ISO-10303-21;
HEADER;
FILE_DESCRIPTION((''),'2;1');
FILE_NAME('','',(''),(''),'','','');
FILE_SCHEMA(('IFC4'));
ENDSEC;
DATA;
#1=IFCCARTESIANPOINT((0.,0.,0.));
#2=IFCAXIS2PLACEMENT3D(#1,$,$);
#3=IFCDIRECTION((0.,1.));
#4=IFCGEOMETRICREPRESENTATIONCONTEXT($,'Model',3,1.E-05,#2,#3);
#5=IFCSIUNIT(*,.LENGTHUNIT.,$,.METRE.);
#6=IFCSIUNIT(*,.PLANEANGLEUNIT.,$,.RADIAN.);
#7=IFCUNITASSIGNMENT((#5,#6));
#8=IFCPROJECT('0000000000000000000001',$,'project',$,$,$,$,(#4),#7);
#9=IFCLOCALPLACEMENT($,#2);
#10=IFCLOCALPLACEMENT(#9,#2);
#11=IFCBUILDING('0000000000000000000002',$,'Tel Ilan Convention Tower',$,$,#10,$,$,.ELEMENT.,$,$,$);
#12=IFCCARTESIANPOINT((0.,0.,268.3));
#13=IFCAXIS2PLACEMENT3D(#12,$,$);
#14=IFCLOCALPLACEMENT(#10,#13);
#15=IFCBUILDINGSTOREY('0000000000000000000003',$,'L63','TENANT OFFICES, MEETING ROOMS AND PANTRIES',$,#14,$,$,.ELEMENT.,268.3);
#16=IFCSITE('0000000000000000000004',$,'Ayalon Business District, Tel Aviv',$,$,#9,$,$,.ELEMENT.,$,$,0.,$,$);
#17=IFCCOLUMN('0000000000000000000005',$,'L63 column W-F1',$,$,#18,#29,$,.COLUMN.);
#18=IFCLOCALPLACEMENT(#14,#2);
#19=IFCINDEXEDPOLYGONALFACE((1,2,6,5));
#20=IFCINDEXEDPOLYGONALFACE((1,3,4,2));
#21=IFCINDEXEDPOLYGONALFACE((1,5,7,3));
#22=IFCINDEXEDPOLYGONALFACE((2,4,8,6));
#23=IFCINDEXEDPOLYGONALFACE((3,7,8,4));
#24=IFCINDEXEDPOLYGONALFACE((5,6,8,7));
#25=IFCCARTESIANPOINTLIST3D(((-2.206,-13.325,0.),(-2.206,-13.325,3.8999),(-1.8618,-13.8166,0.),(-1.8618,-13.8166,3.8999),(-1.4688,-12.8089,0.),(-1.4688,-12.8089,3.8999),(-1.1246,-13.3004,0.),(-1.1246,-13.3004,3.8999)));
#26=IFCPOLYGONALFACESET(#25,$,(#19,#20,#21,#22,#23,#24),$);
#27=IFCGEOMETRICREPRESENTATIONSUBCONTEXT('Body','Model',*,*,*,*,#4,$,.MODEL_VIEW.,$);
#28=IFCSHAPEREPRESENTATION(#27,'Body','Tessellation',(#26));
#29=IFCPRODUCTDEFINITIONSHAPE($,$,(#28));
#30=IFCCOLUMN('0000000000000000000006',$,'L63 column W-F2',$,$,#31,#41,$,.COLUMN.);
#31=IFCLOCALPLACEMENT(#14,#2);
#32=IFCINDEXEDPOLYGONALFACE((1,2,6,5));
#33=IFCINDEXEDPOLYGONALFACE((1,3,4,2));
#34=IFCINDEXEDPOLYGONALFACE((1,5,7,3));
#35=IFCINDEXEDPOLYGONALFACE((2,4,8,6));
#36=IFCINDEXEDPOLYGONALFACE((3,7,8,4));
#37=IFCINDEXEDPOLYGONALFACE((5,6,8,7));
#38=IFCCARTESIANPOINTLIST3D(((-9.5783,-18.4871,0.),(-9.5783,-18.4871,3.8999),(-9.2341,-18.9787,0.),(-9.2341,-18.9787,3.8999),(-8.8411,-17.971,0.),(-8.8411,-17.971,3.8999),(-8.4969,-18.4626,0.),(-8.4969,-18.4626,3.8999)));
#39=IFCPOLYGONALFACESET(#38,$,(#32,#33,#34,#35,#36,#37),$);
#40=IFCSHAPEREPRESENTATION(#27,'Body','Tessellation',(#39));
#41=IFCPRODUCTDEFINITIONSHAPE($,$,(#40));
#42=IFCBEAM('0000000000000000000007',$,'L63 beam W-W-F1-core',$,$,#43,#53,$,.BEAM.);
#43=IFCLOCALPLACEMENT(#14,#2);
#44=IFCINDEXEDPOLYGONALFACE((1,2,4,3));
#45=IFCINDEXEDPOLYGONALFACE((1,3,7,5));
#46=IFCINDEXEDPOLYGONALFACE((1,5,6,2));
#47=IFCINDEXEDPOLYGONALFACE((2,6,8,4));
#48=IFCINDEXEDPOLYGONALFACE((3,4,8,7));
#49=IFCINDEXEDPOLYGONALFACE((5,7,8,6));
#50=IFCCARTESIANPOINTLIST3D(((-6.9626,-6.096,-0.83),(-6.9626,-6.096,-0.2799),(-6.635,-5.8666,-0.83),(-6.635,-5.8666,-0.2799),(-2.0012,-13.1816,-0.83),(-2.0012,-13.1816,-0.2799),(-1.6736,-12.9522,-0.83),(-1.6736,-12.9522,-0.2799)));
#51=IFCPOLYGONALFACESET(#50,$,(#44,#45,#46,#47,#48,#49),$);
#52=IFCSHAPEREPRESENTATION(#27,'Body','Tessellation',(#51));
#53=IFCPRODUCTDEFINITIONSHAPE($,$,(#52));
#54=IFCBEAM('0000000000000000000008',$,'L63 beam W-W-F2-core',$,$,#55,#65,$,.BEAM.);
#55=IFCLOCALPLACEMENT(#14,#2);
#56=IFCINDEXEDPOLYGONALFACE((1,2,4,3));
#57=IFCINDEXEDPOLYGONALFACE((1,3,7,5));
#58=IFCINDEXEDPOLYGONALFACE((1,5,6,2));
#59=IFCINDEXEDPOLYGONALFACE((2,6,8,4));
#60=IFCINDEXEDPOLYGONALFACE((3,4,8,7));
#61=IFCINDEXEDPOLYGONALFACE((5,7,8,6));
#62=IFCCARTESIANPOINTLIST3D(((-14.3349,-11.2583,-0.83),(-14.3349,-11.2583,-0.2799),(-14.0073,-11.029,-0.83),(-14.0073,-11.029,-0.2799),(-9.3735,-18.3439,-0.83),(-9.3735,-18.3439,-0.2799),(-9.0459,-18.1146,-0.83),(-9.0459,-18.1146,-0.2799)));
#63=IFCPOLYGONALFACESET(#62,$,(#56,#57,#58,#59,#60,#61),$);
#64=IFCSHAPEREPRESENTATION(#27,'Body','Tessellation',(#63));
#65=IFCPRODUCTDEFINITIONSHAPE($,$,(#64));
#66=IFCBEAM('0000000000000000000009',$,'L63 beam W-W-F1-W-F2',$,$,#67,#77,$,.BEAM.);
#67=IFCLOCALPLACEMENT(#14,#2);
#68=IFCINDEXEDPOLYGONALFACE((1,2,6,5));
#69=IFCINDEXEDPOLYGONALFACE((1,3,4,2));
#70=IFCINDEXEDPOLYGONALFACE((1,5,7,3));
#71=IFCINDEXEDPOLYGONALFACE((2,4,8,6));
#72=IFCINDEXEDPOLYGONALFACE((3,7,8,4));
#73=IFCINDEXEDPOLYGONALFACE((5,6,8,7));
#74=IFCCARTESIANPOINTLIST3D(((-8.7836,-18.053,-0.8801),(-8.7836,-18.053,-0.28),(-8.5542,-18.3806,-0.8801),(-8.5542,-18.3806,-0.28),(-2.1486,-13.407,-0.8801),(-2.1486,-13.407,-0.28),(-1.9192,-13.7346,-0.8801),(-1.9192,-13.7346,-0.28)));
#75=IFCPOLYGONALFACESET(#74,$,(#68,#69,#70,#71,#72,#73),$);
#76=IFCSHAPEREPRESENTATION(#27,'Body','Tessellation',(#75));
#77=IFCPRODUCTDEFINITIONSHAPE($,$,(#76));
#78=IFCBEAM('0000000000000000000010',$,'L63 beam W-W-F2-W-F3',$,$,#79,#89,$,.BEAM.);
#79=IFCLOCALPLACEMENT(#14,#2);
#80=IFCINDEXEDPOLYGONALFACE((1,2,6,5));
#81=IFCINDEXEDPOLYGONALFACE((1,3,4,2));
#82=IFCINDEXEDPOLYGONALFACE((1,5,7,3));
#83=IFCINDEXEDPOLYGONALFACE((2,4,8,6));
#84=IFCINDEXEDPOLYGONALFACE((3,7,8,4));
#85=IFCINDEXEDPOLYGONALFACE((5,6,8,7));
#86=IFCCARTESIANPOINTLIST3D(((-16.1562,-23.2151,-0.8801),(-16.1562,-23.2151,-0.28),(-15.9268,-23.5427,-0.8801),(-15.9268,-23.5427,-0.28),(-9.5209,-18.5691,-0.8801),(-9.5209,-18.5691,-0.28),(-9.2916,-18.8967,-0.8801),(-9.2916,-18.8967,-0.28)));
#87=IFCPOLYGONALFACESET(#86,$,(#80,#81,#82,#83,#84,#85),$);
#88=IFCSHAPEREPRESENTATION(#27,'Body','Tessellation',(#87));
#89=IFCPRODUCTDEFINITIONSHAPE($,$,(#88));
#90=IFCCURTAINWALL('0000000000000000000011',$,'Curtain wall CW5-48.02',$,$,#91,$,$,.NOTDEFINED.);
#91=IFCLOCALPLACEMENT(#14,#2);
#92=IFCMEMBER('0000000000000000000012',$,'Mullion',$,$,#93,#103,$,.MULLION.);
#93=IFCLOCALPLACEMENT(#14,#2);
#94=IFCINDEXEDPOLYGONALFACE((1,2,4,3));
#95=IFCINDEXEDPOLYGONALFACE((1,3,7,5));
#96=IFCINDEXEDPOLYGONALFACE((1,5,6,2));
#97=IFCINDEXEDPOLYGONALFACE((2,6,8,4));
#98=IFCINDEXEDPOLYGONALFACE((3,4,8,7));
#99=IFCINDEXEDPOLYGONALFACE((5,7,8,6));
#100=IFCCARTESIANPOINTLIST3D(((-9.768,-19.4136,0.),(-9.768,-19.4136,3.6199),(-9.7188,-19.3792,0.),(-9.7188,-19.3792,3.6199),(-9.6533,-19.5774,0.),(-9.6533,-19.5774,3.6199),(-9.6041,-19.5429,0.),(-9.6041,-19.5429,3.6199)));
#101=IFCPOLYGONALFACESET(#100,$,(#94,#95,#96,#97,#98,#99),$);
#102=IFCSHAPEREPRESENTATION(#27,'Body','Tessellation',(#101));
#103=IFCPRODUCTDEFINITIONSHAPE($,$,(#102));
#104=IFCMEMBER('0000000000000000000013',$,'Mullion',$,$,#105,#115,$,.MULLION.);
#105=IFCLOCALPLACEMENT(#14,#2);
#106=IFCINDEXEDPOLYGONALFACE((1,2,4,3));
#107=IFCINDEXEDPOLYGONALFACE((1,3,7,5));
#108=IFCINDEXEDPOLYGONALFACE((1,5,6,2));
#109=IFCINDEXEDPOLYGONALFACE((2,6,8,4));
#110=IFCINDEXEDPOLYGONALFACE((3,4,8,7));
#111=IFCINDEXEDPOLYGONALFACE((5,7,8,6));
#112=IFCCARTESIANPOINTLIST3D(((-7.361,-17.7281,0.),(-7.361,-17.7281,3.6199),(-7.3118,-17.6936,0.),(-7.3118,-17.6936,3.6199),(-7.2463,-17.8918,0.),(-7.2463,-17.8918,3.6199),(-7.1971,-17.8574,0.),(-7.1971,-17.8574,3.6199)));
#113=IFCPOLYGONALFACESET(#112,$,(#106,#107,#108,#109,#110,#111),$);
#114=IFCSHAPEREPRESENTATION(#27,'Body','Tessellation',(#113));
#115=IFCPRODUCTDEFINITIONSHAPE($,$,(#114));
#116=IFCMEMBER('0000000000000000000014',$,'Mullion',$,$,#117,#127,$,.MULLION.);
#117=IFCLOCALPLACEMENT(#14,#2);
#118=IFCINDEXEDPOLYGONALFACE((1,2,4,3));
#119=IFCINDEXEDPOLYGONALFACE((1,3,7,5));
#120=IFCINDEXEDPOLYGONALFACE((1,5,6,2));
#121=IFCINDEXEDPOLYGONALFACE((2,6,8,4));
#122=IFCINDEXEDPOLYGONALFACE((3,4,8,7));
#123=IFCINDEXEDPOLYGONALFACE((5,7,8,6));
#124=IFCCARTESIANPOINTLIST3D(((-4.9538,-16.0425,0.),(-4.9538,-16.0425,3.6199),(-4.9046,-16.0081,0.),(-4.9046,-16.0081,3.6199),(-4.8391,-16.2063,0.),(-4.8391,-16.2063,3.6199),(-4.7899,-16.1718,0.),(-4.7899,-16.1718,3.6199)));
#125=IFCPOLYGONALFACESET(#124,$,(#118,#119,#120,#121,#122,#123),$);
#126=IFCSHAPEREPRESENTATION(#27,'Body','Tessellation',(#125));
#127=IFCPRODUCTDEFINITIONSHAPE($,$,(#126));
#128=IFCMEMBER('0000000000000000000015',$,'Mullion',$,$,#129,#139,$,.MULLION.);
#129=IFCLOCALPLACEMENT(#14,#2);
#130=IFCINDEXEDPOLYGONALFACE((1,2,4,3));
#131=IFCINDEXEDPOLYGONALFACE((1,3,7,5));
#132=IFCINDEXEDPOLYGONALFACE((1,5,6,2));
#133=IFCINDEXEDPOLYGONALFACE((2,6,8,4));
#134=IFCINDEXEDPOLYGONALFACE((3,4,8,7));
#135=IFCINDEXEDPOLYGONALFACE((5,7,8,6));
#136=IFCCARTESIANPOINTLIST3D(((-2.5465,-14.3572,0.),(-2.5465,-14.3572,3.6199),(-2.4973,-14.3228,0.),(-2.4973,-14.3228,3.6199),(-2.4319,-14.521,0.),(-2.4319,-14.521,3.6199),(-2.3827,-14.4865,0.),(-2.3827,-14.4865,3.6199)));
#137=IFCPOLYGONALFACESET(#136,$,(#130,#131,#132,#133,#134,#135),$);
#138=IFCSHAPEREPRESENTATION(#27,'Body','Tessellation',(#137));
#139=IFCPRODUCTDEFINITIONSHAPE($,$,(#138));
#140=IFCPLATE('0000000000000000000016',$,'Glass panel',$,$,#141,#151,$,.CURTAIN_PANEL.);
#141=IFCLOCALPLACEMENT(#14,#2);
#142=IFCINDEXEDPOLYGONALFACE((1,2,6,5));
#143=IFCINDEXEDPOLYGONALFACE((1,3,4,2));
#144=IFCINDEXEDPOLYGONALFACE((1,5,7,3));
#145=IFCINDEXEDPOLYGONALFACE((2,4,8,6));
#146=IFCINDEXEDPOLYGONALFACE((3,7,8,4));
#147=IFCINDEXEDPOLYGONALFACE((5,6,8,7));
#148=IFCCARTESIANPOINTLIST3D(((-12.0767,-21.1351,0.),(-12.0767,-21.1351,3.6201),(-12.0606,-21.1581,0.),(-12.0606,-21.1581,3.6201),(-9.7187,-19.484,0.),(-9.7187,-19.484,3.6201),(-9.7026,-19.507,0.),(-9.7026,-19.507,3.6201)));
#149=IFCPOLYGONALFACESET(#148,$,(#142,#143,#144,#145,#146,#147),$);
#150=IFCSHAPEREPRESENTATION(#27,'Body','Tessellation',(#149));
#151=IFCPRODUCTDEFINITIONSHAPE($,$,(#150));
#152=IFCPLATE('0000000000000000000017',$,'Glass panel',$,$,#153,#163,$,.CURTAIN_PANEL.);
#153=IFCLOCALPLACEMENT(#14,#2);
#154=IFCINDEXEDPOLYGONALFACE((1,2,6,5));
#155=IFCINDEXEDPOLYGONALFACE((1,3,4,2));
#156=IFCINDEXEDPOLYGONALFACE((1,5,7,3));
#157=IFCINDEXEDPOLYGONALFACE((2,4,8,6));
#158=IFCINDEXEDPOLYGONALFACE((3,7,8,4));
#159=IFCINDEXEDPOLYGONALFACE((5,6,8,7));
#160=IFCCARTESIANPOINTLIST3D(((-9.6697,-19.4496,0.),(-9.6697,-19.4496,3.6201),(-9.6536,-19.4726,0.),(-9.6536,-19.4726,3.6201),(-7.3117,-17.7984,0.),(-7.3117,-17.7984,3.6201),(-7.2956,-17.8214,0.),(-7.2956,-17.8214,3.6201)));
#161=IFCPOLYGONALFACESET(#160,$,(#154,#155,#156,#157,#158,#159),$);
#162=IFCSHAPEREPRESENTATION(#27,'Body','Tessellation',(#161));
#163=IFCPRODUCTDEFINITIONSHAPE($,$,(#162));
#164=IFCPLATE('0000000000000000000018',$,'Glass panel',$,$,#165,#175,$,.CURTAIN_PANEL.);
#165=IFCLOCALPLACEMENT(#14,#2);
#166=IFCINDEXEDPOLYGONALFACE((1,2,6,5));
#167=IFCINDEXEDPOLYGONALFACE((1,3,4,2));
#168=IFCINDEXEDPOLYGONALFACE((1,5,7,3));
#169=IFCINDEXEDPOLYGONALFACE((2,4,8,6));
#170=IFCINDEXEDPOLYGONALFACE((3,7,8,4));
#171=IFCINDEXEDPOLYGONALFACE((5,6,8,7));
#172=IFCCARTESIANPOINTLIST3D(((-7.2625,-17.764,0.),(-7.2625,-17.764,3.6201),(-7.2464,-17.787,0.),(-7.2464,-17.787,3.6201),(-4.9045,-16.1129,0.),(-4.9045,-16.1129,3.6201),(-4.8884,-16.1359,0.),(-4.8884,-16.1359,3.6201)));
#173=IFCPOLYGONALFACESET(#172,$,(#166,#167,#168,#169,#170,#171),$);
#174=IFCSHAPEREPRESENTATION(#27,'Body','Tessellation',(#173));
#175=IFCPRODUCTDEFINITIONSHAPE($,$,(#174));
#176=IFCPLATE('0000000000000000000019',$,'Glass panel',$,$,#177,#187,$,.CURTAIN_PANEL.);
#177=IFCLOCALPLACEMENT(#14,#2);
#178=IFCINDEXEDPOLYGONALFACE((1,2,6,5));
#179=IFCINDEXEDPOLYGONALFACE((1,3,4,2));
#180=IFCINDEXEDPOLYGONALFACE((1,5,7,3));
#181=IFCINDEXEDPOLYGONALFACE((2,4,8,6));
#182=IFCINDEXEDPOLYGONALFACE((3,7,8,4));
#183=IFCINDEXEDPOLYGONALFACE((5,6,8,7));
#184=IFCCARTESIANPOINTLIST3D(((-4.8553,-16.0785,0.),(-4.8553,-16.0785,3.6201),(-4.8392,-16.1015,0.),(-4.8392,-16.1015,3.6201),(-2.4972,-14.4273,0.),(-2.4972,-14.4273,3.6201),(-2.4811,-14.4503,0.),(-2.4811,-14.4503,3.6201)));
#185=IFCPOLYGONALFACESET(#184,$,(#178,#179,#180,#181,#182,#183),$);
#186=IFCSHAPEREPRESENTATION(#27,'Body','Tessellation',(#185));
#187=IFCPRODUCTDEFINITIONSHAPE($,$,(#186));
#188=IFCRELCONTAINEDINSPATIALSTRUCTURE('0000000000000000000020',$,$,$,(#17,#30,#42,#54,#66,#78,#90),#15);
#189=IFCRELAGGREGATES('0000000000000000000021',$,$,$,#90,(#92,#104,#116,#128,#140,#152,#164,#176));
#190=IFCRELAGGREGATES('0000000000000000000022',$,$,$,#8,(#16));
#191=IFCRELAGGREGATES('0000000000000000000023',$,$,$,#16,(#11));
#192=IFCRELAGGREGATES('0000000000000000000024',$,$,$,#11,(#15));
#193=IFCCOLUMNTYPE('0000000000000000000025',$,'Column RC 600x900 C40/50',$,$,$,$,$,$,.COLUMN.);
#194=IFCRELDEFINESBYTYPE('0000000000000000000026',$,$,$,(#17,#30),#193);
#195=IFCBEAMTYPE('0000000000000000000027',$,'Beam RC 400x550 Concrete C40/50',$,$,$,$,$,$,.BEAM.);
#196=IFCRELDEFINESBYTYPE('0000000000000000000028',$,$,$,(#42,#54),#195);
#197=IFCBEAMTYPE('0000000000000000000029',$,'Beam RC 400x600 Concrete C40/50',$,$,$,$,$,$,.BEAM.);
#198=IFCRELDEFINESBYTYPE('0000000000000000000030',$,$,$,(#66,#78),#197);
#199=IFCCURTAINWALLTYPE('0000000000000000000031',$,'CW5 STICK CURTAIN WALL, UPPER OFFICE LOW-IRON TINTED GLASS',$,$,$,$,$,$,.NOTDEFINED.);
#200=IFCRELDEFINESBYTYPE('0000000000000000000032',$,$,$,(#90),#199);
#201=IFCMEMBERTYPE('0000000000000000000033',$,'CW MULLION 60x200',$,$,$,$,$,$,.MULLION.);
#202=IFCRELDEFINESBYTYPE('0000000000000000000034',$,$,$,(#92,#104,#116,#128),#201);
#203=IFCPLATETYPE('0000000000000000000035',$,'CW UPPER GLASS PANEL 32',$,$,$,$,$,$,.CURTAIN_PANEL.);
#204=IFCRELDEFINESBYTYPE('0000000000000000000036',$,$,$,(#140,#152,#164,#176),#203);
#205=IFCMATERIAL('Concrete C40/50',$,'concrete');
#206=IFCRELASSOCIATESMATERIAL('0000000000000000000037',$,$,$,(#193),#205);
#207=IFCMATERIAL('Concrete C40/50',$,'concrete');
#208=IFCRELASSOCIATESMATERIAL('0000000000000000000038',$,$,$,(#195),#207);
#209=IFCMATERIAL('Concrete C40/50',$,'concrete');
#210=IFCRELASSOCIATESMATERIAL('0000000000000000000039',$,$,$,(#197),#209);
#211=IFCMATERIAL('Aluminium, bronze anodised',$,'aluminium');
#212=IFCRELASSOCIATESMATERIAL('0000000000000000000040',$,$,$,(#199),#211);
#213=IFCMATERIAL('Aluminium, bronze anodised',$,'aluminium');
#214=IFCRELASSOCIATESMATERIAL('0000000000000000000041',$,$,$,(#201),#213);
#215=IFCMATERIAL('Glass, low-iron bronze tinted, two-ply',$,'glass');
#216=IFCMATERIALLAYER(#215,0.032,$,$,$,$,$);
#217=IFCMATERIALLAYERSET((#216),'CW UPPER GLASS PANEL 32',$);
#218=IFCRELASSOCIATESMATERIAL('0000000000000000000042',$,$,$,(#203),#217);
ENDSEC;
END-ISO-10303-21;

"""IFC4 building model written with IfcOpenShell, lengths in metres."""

from ifc_helpers import new_model, si_unit, direction, frame, origin, origin_2d, place, context, subcontext, project, spatial, rectangle, extrude, material, layer, layer_set, material_profile, profile_set, type_object, element, aggregate, save


model = new_model("IFC4")

# Units and contexts
model_context = context("Model", 3, precision=1e-05, world=origin(), true_north=direction((0.0, 1.0)))
body_context = subcontext(model_context, "Body", "Model", "MODEL_VIEW")
ifc_project = project(units=[si_unit("LENGTHUNIT", "METRE"), si_unit("PLANEANGLEUNIT", "RADIAN")], contexts=[model_context])

# Site, building, storey
site_placement = place(None, origin())
site = spatial("IfcSite", under=ifc_project, at=site_placement, Name="Ayalon Business District, Tel Aviv", CompositionType="ELEMENT", RefElevation=0.0)
building_placement = place(site_placement, origin())
building = spatial("IfcBuilding", under=site, at=building_placement, Name="Tel Ilan Convention Tower", CompositionType="ELEMENT")
storey_placement = place(building_placement, frame((0.0, 0.0, 268.3)))
storey = spatial("IfcBuildingStorey", under=building, at=storey_placement, Name="L63", Description="TENANT OFFICES, MEETING ROOMS AND PANTRIES", CompositionType="ELEMENT", Elevation=268.3)

# Columns
ifc_material_1 = material(Name="Concrete C40/50", Category="concrete")
ifc_material_profile_1 = material_profile(ifc_material_1, rectangle(XDim=0.8999, YDim=0.6001, at=origin_2d()), Name="RC 600x900")
ifc_profile_set_1 = profile_set([ifc_material_profile_1], Name="Concrete C40/50")
column_type = type_object("IfcColumnType", Name="Column RC 600x900 C40/50", PredefinedType="COLUMN", material=ifc_profile_set_1)
for number, where, z_axis, x_axis, name in (
    (1, (-1.6653, -13.3127, 0.0), (0.0, 0.0, 1.0), (-0.819152, -0.573576, 0.0), "L63 column W-F1"),
    (2, (-9.0376, -18.4749, 0.0), (0.0, 0.0, 1.0), (-0.819152, -0.573576, 0.0), "L63 column W-F2"),
):
    element("IfcColumn", number, at=place(storey_placement, frame(where, z_axis=z_axis, x_axis=x_axis)), inside=storey, type_object=column_type, Name=name, PredefinedType="COLUMN", context=body_context, shape_type="SweptSolid", body=[
        extrude(rectangle(XDim=0.8999, YDim=0.6001, at=origin_2d()), origin(), (0.0, 0.0, 1.0), 3.8999),
    ])

# Beams
ifc_material_2 = material(Name="Concrete C40/50", Category="concrete")
ifc_material_profile_2 = material_profile(ifc_material_2, rectangle(XDim=0.3999, YDim=0.55, at=origin_2d()), Name="RC 400x550")
ifc_profile_set_2 = profile_set([ifc_material_profile_2], Name="Concrete C40/50")
beam_type_1 = type_object("IfcBeamType", Name="Beam RC 400x550 Concrete C40/50", PredefinedType="BEAM", material=ifc_profile_set_2)
for number, where, z_axis, x_axis, name in (
    (3, (-1.8374, -13.0669, -0.5549), (-0.573574, 0.819154, 0.0), (-0.819154, -0.573574, 0.0), "L63 beam W-W-F1-core"),
    (4, (-9.2097, -18.2292, -0.5549), (-0.573574, 0.819154, 0.0), (-0.819154, -0.573574, 0.0), "L63 beam W-W-F2-core"),
):
    element("IfcBeam", number, at=place(storey_placement, frame(where, z_axis=z_axis, x_axis=x_axis)), inside=storey, type_object=beam_type_1, Name=name, PredefinedType="BEAM", context=body_context, shape_type="SweptSolid", body=[
        extrude(rectangle(XDim=0.3999, YDim=0.55, at=origin_2d()), origin(), (0.0, 0.0, 1.0), 8.6499),
    ])
ifc_material_3 = material(Name="Concrete C40/50", Category="concrete")
ifc_material_profile_3 = material_profile(ifc_material_3, rectangle(XDim=0.3999, YDim=0.6001, at=origin_2d()), Name="RC 400x600")
ifc_profile_set_3 = profile_set([ifc_material_profile_3], Name="Concrete C40/50")
beam_type_2 = type_object("IfcBeamType", Name="Beam RC 400x600 Concrete C40/50", PredefinedType="BEAM", material=ifc_profile_set_3)
beam_1_placement = place(storey_placement, frame((-2.0339, -13.5708, -0.5801), z_axis=(-0.819146, -0.573586, 0.0), x_axis=(0.573586, -0.819146, 0.0)))
element("IfcBeam", 5, at=beam_1_placement, inside=storey, type_object=beam_type_2, Name="L63 beam W-W-F1-W-F2", PredefinedType="BEAM", context=body_context, shape_type="SweptSolid", body=[
    extrude(rectangle(XDim=0.3999, YDim=0.6001, at=origin_2d()), origin(), (0.0, 0.0, 1.0), 8.0999),
])
beam_2_placement = place(storey_placement, frame((-9.4062, -18.7329, -0.5801), z_axis=(-0.819155, -0.573572, 0.0), x_axis=(0.573572, -0.819155, 0.0)))
element("IfcBeam", 6, at=beam_2_placement, inside=storey, type_object=beam_type_2, Name="L63 beam W-W-F2-W-F3", PredefinedType="BEAM", context=body_context, shape_type="SweptSolid", body=[
    extrude(rectangle(XDim=0.3999, YDim=0.6001, at=origin_2d()), origin(), (0.0, 0.0, 1.0), 8.1001),
])

# Curtain wall, members, plates
ifc_material_4 = material(Name="Aluminium, bronze anodised", Category="aluminium")
curtain_wall_type = type_object("IfcCurtainWallType", Name="CW5 STICK CURTAIN WALL, UPPER OFFICE LOW-IRON TINTED GLASS", PredefinedType="NOTDEFINED", material=ifc_material_4)
curtain_wall_placement = place(storey_placement, origin())
curtain_wall = element("IfcCurtainWall", 7, at=curtain_wall_placement, inside=storey, type_object=curtain_wall_type, Name="Curtain wall CW5-48.02", PredefinedType="NOTDEFINED")
ifc_material_5 = material(Name="Aluminium, bronze anodised", Category="aluminium")
ifc_material_profile_4 = material_profile(ifc_material_5, rectangle(XDim=0.0601, YDim=0.2, at=origin_2d()), Name="CW MULLION 60x200")
ifc_profile_set_4 = profile_set([ifc_material_profile_4], Name="Aluminium, bronze anodised")
member_type = type_object("IfcMemberType", Name="CW MULLION 60x200", PredefinedType="MULLION", material=ifc_profile_set_4)
member_1_placement = place(storey_placement, frame((-9.686, -19.4783, 0.0), z_axis=(0.0, 0.0, 1.0), x_axis=(0.819152, 0.573576, 0.0)))
member_1 = element("IfcMember", 8, at=member_1_placement, type_object=member_type, Name="Mullion", PredefinedType="MULLION", context=body_context, shape_type="SweptSolid", body=[
    extrude(rectangle(XDim=0.0601, YDim=0.2, at=origin_2d()), origin(), (0.0, 0.0, 1.0), 3.6199),
])
member_2_placement = place(storey_placement, frame((-7.2791, -17.7927, 0.0), z_axis=(0.0, 0.0, 1.0), x_axis=(0.819152, 0.573576, 0.0)))
member_2 = element("IfcMember", 9, at=member_2_placement, type_object=member_type, Name="Mullion", PredefinedType="MULLION", context=body_context, shape_type="SweptSolid", body=[
    extrude(rectangle(XDim=0.0601, YDim=0.2, at=origin_2d()), origin(), (0.0, 0.0, 1.0), 3.6199),
])
member_3_placement = place(storey_placement, frame((-4.8718, -16.1072, 0.0), z_axis=(0.0, 0.0, 1.0), x_axis=(0.819152, 0.573576, 0.0)))
member_3 = element("IfcMember", 10, at=member_3_placement, type_object=member_type, Name="Mullion", PredefinedType="MULLION", context=body_context, shape_type="SweptSolid", body=[
    extrude(rectangle(XDim=0.0601, YDim=0.2, at=origin_2d()), origin(), (0.0, 0.0, 1.0), 3.6199),
])
member_4_placement = place(storey_placement, frame((-2.4646, -14.4219, 0.0), z_axis=(0.0, 0.0, 1.0), x_axis=(0.819152, 0.573576, 0.0)))
member_4 = element("IfcMember", 11, at=member_4_placement, type_object=member_type, Name="Mullion", PredefinedType="MULLION", context=body_context, shape_type="SweptSolid", body=[
    extrude(rectangle(XDim=0.0601, YDim=0.2, at=origin_2d()), origin(), (0.0, 0.0, 1.0), 3.6199),
])
ifc_material_6 = material(Name="Glass, low-iron bronze tinted, two-ply", Category="glass")
ifc_layer_1 = layer(ifc_material_6, 0.032)
ifc_layer_set_1 = layer_set([ifc_layer_1], Name="CW UPPER GLASS PANEL 32")
plate_type = type_object("IfcPlateType", Name="CW UPPER GLASS PANEL 32", PredefinedType="CURTAIN_PANEL", material=ifc_layer_set_1)
plate_1_placement = place(storey_placement, frame((-10.8896, -20.321, 0.0), z_axis=(0.0, 0.0, 1.0), x_axis=(0.819152, 0.573576, 0.0)))
plate_1 = element("IfcPlate", 12, at=plate_1_placement, type_object=plate_type, Name="Glass panel", PredefinedType="CURTAIN_PANEL", context=body_context, shape_type="SweptSolid", body=[
    extrude(rectangle(XDim=2.8787, YDim=0.0281, at=origin_2d()), origin(), (0.0, 0.0, 1.0), 3.6201),
])
plate_2_placement = place(storey_placement, frame((-8.4827, -18.6355, 0.0), z_axis=(0.0, 0.0, 1.0), x_axis=(0.819152, 0.573576, 0.0)))
plate_2 = element("IfcPlate", 13, at=plate_2_placement, type_object=plate_type, Name="Glass panel", PredefinedType="CURTAIN_PANEL", context=body_context, shape_type="SweptSolid", body=[
    extrude(rectangle(XDim=2.8787, YDim=0.0281, at=origin_2d()), origin(), (0.0, 0.0, 1.0), 3.6201),
])
plate_3_placement = place(storey_placement, frame((-6.0754, -16.95, 0.0), z_axis=(0.0, 0.0, 1.0), x_axis=(0.819152, 0.573576, 0.0)))
plate_3 = element("IfcPlate", 14, at=plate_3_placement, type_object=plate_type, Name="Glass panel", PredefinedType="CURTAIN_PANEL", context=body_context, shape_type="SweptSolid", body=[
    extrude(rectangle(XDim=2.8787, YDim=0.0281, at=origin_2d()), origin(), (0.0, 0.0, 1.0), 3.6201),
])
plate_4_placement = place(storey_placement, frame((-3.6682, -15.2644, 0.0), z_axis=(0.0, 0.0, 1.0), x_axis=(0.819152, 0.573576, 0.0)))
plate_4 = element("IfcPlate", 15, at=plate_4_placement, type_object=plate_type, Name="Glass panel", PredefinedType="CURTAIN_PANEL", context=body_context, shape_type="SweptSolid", body=[
    extrude(rectangle(XDim=2.8787, YDim=0.0281, at=origin_2d()), origin(), (0.0, 0.0, 1.0), 3.6201),
])
aggregate(curtain_wall, [member_1, member_2, member_3, member_4, plate_1, plate_2, plate_3, plate_4])

save(model, "model.ifc")
